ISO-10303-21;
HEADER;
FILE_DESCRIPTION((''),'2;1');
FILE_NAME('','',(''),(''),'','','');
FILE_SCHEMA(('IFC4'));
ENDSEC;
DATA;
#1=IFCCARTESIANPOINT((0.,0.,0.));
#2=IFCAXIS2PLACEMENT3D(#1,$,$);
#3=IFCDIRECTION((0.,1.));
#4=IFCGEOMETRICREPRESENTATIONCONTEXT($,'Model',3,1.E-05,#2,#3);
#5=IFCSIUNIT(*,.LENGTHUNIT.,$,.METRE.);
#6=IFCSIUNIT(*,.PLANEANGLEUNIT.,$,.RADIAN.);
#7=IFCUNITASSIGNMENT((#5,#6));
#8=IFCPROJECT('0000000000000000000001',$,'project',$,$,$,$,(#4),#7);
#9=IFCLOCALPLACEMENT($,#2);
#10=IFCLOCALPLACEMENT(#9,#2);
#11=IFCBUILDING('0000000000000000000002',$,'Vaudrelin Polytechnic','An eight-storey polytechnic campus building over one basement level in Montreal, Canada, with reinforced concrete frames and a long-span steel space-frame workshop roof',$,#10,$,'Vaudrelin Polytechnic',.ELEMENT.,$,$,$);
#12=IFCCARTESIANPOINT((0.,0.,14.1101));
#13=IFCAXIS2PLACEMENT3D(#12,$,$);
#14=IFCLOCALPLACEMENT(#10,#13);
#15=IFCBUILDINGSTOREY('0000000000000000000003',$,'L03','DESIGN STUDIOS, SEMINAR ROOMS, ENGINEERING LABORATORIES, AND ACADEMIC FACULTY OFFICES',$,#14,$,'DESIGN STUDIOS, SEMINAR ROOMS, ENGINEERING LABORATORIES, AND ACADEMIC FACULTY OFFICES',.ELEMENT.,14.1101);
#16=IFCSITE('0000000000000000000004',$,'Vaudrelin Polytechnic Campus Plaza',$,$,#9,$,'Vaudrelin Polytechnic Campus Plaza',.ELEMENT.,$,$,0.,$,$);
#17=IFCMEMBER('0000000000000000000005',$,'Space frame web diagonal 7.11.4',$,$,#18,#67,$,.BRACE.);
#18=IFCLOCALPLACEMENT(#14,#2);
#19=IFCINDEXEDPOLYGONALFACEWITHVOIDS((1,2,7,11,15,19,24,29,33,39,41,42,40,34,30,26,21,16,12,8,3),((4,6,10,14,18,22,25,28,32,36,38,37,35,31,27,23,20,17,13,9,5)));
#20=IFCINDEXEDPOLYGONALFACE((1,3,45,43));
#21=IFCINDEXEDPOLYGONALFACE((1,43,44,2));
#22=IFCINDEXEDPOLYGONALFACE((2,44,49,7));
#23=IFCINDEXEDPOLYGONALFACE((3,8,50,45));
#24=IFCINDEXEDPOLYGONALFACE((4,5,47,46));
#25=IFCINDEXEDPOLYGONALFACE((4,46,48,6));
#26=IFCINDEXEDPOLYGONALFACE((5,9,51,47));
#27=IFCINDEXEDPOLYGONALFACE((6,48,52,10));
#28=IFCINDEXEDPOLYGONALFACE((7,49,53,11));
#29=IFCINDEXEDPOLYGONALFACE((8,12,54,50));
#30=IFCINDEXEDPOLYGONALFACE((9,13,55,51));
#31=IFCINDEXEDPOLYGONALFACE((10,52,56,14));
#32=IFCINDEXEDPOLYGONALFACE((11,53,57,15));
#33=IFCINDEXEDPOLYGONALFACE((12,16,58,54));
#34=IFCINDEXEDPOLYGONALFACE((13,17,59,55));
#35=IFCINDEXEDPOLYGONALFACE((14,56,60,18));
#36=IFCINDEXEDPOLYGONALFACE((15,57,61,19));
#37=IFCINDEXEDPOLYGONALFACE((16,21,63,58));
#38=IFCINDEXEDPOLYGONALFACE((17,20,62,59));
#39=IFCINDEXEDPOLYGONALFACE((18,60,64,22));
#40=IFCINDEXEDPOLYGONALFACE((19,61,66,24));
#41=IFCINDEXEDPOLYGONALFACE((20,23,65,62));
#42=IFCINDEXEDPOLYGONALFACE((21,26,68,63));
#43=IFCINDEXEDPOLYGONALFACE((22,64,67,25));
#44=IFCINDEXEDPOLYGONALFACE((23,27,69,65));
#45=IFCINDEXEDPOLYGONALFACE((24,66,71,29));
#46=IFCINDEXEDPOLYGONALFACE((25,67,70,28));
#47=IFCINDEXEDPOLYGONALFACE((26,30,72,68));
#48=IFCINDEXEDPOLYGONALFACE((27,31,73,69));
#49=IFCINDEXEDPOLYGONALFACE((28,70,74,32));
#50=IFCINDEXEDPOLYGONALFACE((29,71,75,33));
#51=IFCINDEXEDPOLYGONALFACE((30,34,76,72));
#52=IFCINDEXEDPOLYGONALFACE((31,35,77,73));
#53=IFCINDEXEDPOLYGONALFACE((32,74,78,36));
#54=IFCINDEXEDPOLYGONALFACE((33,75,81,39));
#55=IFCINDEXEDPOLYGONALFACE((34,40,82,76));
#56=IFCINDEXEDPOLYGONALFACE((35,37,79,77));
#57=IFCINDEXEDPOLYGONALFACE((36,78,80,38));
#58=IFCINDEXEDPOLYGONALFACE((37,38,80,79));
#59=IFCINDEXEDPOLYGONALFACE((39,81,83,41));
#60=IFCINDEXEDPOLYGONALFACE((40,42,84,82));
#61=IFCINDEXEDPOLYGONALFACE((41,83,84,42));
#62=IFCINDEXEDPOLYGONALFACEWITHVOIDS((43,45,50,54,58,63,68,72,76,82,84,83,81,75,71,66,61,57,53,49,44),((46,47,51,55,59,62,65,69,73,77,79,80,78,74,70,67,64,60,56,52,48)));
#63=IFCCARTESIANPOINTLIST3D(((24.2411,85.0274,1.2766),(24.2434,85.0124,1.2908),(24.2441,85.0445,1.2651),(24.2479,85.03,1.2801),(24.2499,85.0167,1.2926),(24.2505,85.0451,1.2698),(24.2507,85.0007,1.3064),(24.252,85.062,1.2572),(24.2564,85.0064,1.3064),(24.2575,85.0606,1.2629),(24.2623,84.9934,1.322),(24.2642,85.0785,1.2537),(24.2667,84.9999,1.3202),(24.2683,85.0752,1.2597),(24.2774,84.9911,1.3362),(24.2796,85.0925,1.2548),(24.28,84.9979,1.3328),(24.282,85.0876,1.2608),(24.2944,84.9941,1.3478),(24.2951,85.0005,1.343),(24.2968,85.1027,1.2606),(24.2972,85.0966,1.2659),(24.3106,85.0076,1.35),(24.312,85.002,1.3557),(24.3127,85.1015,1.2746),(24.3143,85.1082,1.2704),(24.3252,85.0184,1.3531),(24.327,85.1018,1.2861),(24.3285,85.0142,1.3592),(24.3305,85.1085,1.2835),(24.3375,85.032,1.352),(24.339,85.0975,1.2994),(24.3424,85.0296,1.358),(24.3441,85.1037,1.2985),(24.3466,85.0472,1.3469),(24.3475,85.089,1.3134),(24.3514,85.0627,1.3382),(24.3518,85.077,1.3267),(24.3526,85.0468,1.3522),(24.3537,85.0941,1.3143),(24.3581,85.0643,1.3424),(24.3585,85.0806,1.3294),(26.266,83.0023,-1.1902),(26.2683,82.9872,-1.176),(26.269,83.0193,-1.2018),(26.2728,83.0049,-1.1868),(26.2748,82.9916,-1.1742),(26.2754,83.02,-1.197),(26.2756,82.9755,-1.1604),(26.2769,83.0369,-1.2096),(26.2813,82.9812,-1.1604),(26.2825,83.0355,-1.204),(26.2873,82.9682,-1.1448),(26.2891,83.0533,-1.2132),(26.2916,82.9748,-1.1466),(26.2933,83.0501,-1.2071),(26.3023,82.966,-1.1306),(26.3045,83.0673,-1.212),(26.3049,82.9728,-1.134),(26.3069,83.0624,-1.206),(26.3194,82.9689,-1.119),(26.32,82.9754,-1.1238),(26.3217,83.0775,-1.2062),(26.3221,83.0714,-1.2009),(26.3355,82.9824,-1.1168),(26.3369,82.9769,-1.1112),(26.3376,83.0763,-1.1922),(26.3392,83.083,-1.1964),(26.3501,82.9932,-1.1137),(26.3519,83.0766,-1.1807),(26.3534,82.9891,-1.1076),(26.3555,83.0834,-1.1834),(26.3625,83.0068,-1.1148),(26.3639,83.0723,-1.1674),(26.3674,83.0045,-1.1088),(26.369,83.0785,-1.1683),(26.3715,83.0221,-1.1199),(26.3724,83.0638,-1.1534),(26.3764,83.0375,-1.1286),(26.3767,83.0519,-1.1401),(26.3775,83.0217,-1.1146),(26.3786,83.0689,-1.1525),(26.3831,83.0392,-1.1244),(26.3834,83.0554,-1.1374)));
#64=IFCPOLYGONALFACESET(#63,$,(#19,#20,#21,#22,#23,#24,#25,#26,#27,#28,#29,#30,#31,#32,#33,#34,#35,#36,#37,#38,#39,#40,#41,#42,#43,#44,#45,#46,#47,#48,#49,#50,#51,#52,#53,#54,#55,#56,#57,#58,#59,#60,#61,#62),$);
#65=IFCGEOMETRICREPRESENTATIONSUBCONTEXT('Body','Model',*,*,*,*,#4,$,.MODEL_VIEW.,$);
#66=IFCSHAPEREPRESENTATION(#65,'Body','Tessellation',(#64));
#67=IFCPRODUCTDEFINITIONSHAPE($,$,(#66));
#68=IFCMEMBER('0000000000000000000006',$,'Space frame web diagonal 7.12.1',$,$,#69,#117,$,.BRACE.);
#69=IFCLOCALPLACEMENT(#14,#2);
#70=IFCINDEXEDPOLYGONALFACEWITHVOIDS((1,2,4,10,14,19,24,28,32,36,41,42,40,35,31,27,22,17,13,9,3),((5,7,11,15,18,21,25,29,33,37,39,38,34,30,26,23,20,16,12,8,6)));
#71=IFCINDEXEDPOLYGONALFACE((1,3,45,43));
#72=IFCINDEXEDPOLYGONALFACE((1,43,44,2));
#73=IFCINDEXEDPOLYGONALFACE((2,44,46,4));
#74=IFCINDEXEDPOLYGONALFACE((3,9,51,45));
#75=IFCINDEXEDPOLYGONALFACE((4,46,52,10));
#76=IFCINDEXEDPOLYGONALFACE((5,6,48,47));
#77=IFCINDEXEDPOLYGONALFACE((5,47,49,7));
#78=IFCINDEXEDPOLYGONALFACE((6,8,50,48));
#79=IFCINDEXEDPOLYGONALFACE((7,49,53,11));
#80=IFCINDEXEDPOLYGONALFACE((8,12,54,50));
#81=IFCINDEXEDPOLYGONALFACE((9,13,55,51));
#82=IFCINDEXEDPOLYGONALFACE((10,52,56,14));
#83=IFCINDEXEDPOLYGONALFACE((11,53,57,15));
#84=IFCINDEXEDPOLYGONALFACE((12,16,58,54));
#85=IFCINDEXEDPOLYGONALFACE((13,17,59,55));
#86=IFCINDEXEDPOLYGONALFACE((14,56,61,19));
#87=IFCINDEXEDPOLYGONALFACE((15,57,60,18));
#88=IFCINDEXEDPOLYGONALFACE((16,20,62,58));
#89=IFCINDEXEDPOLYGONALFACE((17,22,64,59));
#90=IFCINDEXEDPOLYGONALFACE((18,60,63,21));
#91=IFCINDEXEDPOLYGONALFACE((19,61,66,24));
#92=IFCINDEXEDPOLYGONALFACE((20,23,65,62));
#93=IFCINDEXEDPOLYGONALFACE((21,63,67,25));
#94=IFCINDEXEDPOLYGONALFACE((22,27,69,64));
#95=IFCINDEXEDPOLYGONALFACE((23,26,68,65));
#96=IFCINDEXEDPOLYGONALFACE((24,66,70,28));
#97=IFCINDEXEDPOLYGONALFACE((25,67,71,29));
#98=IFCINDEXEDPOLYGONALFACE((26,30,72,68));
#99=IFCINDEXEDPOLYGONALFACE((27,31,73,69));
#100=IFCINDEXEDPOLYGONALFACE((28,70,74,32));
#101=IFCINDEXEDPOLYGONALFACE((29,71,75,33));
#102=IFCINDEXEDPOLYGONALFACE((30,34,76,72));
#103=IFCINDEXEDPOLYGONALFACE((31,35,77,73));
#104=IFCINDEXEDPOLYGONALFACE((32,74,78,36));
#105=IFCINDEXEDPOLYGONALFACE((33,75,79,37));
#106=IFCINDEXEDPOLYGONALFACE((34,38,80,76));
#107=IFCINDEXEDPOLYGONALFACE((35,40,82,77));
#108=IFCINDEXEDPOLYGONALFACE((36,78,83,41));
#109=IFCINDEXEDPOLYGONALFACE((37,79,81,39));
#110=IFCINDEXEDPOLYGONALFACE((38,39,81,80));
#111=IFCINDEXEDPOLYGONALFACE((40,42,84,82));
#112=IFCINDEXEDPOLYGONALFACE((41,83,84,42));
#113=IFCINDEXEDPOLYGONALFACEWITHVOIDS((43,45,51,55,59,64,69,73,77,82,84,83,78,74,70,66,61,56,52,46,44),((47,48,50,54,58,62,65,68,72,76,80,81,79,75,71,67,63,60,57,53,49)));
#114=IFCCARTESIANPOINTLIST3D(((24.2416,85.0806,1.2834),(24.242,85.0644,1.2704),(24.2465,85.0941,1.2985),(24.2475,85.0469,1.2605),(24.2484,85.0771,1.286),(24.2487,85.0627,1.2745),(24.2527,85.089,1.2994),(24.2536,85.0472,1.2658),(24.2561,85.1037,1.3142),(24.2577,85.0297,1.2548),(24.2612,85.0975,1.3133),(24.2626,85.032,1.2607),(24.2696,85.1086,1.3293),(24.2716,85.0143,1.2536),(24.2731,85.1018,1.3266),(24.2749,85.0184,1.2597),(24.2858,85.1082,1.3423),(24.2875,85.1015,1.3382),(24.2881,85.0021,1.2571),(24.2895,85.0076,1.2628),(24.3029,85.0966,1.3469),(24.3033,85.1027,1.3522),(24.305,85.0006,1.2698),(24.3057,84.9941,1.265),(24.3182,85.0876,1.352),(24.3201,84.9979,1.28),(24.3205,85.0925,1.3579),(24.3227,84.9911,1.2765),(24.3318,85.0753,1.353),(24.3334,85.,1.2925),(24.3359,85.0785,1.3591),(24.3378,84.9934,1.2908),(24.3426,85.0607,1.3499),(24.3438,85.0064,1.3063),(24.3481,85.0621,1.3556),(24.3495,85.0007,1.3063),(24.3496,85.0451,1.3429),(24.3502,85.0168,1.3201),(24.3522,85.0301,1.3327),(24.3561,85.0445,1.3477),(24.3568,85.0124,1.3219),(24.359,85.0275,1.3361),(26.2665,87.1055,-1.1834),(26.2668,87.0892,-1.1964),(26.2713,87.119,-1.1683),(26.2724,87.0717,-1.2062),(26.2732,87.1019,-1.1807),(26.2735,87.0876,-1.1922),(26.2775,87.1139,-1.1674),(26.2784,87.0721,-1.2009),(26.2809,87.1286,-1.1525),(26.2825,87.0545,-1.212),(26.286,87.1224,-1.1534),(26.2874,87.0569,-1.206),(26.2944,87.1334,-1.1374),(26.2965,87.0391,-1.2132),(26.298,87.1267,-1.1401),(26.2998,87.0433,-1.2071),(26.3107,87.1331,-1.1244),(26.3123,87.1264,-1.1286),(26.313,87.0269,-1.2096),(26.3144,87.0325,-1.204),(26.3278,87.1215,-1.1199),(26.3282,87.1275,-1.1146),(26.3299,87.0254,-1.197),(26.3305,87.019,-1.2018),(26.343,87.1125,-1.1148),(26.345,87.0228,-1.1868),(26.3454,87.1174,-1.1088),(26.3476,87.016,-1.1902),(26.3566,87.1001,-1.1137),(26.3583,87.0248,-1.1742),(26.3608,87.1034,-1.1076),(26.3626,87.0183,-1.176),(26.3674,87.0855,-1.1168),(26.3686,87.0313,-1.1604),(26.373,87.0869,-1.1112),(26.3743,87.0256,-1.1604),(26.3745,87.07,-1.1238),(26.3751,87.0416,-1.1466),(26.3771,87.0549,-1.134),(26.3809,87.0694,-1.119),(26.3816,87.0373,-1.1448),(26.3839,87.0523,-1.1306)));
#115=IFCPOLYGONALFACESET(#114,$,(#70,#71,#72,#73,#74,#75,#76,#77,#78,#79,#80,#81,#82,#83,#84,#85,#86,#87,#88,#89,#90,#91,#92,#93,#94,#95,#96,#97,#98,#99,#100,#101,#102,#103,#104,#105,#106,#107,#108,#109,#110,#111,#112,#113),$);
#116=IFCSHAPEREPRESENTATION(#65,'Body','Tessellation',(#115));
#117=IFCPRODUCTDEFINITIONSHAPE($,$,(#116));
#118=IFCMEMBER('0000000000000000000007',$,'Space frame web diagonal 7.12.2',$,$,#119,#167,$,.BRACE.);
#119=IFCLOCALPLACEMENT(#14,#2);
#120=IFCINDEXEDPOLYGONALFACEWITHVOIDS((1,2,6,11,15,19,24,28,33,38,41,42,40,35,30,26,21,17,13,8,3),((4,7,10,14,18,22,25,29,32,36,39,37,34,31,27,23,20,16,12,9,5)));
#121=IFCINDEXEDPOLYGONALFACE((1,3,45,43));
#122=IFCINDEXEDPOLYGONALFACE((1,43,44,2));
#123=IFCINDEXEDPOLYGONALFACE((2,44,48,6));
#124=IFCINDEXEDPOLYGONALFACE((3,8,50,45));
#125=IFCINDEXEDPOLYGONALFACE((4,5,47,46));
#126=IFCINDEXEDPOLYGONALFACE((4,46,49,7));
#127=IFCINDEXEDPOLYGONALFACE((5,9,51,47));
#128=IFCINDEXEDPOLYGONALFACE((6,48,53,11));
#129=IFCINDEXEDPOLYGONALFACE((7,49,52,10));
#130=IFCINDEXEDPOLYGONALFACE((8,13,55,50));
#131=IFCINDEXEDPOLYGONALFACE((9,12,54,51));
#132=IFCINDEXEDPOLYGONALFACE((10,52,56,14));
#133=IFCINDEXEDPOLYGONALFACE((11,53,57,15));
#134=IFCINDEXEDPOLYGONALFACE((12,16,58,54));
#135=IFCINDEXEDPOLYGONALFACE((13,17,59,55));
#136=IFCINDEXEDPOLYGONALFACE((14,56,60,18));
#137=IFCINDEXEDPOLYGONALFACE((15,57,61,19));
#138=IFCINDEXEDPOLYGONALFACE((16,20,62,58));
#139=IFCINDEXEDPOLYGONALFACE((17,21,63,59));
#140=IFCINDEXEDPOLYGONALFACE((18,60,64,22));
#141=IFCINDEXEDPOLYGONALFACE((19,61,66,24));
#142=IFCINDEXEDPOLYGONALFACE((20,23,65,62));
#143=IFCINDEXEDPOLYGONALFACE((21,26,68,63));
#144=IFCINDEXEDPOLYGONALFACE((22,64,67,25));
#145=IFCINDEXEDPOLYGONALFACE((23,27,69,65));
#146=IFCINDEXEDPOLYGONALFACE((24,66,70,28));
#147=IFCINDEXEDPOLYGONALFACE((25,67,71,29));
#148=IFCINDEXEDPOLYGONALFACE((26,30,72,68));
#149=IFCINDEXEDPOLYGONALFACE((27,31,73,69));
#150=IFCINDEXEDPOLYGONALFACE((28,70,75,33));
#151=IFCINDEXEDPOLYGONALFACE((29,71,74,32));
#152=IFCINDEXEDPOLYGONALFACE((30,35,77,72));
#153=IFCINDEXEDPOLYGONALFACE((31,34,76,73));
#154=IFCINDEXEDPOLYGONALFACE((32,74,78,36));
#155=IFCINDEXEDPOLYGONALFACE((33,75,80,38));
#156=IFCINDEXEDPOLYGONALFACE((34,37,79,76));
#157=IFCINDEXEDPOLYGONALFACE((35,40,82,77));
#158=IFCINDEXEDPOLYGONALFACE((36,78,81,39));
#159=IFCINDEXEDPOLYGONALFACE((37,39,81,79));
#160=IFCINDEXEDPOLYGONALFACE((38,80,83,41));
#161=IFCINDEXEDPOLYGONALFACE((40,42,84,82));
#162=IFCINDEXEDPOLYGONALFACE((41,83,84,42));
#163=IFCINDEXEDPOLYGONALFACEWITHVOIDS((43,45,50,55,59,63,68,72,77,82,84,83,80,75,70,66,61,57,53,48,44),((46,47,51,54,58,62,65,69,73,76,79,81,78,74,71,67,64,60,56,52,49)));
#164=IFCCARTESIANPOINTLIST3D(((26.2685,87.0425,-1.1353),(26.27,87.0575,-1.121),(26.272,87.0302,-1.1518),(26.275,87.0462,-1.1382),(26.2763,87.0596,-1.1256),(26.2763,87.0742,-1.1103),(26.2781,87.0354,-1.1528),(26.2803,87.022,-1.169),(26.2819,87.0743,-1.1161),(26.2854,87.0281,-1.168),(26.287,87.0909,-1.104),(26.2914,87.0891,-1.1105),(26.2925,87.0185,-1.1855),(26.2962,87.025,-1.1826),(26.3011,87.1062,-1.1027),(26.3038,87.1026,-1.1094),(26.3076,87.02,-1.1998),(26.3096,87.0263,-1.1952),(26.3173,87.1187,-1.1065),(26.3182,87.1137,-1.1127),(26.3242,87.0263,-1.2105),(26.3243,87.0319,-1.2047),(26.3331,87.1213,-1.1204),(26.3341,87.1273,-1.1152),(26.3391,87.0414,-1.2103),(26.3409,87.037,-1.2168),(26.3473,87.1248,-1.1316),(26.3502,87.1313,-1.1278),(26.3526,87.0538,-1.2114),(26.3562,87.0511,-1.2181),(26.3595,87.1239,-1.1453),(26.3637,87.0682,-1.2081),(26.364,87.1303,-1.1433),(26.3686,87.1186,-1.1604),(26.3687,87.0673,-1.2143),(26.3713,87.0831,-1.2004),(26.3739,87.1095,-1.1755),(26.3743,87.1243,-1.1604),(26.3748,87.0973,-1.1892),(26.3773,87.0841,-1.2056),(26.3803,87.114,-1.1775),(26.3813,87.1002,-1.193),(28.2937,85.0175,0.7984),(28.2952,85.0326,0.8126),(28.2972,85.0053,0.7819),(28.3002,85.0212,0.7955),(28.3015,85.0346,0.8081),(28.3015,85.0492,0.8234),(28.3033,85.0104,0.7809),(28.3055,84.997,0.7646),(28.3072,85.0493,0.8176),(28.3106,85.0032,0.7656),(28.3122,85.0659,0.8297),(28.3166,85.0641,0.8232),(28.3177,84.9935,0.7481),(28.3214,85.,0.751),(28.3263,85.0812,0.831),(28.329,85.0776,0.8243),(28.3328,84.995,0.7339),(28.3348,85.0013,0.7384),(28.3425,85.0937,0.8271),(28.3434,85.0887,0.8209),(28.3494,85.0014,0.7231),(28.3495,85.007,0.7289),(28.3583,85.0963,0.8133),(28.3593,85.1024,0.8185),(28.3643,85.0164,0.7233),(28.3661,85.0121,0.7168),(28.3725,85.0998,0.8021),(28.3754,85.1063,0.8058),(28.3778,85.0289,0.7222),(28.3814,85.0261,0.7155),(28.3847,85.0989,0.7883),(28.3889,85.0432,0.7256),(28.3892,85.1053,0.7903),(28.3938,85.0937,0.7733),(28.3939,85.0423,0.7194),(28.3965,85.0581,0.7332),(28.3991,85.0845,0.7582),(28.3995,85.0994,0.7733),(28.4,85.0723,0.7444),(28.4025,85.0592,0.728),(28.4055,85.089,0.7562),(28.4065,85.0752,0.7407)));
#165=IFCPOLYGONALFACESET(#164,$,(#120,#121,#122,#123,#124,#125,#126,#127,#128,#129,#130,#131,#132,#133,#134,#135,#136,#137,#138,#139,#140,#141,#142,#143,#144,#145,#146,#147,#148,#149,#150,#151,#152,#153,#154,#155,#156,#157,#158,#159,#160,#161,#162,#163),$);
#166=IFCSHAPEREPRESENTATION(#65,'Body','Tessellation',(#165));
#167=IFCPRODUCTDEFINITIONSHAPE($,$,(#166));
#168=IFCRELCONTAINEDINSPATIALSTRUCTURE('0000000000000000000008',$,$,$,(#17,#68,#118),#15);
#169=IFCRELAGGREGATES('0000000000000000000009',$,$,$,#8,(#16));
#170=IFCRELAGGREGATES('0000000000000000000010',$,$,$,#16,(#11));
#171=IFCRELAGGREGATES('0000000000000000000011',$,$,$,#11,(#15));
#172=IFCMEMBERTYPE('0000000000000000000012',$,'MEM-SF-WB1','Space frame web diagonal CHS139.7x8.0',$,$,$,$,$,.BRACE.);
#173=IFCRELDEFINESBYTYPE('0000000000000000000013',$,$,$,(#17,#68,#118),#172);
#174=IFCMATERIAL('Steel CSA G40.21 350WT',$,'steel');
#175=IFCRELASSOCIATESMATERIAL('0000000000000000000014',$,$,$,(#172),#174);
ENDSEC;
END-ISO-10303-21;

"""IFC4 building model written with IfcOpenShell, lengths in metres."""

from ifc_helpers import new_model, si_unit, direction, frame, origin, origin_2d, place, context, subcontext, project, spatial, hollow_circle, extrude, material, material_profile, profile_set, type_object, element, save


model = new_model("IFC4")

# Units and contexts
model_context = context("Model", 3, precision=1e-05, world=origin(), true_north=direction((0.0, 1.0)))
body_context = subcontext(model_context, "Body", "Model", "MODEL_VIEW")
ifc_project = project(units=[si_unit("LENGTHUNIT", "METRE"), si_unit("PLANEANGLEUNIT", "RADIAN")], contexts=[model_context])

# Site, building, storey
site_placement = place(None, origin())
site = spatial("IfcSite", under=ifc_project, at=site_placement, Name="Vaudrelin Polytechnic Campus Plaza", LongName="Vaudrelin Polytechnic Campus Plaza", CompositionType="ELEMENT", RefElevation=0.0)
building_placement = place(site_placement, origin())
building = spatial("IfcBuilding", under=site, at=building_placement, Name="Vaudrelin Polytechnic", Description="An eight-storey polytechnic campus building over one basement level in Montreal, Canada, with reinforced concrete frames and a long-span steel space-frame workshop roof", LongName="Vaudrelin Polytechnic", CompositionType="ELEMENT")
storey_placement = place(building_placement, frame((0.0, 0.0, 14.1101)))
storey = spatial("IfcBuildingStorey", under=building, at=storey_placement, Name="L03", Description="DESIGN STUDIOS, SEMINAR ROOMS, ENGINEERING LABORATORIES, AND ACADEMIC FACULTY OFFICES", LongName="DESIGN STUDIOS, SEMINAR ROOMS, ENGINEERING LABORATORIES, AND ACADEMIC FACULTY OFFICES", CompositionType="ELEMENT", Elevation=14.1101)

# Members
ifc_material = material(Name="Steel CSA G40.21 350WT", Category="steel")
ifc_material_profile_1 = material_profile(ifc_material, hollow_circle(Radius=0.0698, WallThickness=0.0081, at=origin_2d()), Name="CHS139.7x8.0")
ifc_profile_set_1 = profile_set([ifc_material_profile_1], Name="Steel CSA G40.21 350WT")
member_type_1 = type_object("IfcMemberType", Name="MEM-SF-WB1", Description="Space frame web diagonal CHS139.7x8.0", PredefinedType="BRACE", material=ifc_profile_set_1)
member_1_placement = place(storey_placement, frame((26.325, 83.0249, -1.1604), z_axis=(-0.535723, 0.535788, 0.652634), x_axis=(-0.707149, -0.707064, 0.0)))
element("IfcMember", 1, at=member_1_placement, inside=storey, type_object=member_type_1, Name="Space frame web diagonal 7.11.4", PredefinedType="BRACE", context=body_context, shape_type="SweptSolid", body=[
    extrude(hollow_circle(Radius=0.0698, WallThickness=0.0081, at=origin_2d()), origin(), (0.0, 0.0, 1.0), 3.7798),
])
member_2_placement = place(storey_placement, frame((26.325, 87.075, -1.1604), z_axis=(-0.535742, -0.535742, 0.652657), x_axis=(0.707107, -0.707107, 0.0)))
element("IfcMember", 2, at=member_2_placement, inside=storey, type_object=member_type_1, Name="Space frame web diagonal 7.12.1", PredefinedType="BRACE", context=body_context, shape_type="SweptSolid", body=[
    extrude(hollow_circle(Radius=0.0698, WallThickness=0.0081, at=origin_2d()), origin(), (0.0, 0.0, 1.0), 3.7795),
])
for number, where, z_axis, x_axis, name in (
    (3, (26.325, 87.075, -1.1604), (0.586071, -0.586, 0.559576), (0.707064, 0.707149, 0.0), "Space frame web diagonal 7.12.2"),
):
    element("IfcMember", number, at=place(storey_placement, frame(where, z_axis=z_axis, x_axis=x_axis)), inside=storey, type_object=member_type_1, Name=name, PredefinedType="BRACE", context=body_context, shape_type="SweptSolid", body=[
        extrude(hollow_circle(Radius=0.0698, WallThickness=0.0081, at=origin_2d()), origin(), (0.0, 0.0, 1.0), 3.4556),
    ])

save(model, "model.ifc")
